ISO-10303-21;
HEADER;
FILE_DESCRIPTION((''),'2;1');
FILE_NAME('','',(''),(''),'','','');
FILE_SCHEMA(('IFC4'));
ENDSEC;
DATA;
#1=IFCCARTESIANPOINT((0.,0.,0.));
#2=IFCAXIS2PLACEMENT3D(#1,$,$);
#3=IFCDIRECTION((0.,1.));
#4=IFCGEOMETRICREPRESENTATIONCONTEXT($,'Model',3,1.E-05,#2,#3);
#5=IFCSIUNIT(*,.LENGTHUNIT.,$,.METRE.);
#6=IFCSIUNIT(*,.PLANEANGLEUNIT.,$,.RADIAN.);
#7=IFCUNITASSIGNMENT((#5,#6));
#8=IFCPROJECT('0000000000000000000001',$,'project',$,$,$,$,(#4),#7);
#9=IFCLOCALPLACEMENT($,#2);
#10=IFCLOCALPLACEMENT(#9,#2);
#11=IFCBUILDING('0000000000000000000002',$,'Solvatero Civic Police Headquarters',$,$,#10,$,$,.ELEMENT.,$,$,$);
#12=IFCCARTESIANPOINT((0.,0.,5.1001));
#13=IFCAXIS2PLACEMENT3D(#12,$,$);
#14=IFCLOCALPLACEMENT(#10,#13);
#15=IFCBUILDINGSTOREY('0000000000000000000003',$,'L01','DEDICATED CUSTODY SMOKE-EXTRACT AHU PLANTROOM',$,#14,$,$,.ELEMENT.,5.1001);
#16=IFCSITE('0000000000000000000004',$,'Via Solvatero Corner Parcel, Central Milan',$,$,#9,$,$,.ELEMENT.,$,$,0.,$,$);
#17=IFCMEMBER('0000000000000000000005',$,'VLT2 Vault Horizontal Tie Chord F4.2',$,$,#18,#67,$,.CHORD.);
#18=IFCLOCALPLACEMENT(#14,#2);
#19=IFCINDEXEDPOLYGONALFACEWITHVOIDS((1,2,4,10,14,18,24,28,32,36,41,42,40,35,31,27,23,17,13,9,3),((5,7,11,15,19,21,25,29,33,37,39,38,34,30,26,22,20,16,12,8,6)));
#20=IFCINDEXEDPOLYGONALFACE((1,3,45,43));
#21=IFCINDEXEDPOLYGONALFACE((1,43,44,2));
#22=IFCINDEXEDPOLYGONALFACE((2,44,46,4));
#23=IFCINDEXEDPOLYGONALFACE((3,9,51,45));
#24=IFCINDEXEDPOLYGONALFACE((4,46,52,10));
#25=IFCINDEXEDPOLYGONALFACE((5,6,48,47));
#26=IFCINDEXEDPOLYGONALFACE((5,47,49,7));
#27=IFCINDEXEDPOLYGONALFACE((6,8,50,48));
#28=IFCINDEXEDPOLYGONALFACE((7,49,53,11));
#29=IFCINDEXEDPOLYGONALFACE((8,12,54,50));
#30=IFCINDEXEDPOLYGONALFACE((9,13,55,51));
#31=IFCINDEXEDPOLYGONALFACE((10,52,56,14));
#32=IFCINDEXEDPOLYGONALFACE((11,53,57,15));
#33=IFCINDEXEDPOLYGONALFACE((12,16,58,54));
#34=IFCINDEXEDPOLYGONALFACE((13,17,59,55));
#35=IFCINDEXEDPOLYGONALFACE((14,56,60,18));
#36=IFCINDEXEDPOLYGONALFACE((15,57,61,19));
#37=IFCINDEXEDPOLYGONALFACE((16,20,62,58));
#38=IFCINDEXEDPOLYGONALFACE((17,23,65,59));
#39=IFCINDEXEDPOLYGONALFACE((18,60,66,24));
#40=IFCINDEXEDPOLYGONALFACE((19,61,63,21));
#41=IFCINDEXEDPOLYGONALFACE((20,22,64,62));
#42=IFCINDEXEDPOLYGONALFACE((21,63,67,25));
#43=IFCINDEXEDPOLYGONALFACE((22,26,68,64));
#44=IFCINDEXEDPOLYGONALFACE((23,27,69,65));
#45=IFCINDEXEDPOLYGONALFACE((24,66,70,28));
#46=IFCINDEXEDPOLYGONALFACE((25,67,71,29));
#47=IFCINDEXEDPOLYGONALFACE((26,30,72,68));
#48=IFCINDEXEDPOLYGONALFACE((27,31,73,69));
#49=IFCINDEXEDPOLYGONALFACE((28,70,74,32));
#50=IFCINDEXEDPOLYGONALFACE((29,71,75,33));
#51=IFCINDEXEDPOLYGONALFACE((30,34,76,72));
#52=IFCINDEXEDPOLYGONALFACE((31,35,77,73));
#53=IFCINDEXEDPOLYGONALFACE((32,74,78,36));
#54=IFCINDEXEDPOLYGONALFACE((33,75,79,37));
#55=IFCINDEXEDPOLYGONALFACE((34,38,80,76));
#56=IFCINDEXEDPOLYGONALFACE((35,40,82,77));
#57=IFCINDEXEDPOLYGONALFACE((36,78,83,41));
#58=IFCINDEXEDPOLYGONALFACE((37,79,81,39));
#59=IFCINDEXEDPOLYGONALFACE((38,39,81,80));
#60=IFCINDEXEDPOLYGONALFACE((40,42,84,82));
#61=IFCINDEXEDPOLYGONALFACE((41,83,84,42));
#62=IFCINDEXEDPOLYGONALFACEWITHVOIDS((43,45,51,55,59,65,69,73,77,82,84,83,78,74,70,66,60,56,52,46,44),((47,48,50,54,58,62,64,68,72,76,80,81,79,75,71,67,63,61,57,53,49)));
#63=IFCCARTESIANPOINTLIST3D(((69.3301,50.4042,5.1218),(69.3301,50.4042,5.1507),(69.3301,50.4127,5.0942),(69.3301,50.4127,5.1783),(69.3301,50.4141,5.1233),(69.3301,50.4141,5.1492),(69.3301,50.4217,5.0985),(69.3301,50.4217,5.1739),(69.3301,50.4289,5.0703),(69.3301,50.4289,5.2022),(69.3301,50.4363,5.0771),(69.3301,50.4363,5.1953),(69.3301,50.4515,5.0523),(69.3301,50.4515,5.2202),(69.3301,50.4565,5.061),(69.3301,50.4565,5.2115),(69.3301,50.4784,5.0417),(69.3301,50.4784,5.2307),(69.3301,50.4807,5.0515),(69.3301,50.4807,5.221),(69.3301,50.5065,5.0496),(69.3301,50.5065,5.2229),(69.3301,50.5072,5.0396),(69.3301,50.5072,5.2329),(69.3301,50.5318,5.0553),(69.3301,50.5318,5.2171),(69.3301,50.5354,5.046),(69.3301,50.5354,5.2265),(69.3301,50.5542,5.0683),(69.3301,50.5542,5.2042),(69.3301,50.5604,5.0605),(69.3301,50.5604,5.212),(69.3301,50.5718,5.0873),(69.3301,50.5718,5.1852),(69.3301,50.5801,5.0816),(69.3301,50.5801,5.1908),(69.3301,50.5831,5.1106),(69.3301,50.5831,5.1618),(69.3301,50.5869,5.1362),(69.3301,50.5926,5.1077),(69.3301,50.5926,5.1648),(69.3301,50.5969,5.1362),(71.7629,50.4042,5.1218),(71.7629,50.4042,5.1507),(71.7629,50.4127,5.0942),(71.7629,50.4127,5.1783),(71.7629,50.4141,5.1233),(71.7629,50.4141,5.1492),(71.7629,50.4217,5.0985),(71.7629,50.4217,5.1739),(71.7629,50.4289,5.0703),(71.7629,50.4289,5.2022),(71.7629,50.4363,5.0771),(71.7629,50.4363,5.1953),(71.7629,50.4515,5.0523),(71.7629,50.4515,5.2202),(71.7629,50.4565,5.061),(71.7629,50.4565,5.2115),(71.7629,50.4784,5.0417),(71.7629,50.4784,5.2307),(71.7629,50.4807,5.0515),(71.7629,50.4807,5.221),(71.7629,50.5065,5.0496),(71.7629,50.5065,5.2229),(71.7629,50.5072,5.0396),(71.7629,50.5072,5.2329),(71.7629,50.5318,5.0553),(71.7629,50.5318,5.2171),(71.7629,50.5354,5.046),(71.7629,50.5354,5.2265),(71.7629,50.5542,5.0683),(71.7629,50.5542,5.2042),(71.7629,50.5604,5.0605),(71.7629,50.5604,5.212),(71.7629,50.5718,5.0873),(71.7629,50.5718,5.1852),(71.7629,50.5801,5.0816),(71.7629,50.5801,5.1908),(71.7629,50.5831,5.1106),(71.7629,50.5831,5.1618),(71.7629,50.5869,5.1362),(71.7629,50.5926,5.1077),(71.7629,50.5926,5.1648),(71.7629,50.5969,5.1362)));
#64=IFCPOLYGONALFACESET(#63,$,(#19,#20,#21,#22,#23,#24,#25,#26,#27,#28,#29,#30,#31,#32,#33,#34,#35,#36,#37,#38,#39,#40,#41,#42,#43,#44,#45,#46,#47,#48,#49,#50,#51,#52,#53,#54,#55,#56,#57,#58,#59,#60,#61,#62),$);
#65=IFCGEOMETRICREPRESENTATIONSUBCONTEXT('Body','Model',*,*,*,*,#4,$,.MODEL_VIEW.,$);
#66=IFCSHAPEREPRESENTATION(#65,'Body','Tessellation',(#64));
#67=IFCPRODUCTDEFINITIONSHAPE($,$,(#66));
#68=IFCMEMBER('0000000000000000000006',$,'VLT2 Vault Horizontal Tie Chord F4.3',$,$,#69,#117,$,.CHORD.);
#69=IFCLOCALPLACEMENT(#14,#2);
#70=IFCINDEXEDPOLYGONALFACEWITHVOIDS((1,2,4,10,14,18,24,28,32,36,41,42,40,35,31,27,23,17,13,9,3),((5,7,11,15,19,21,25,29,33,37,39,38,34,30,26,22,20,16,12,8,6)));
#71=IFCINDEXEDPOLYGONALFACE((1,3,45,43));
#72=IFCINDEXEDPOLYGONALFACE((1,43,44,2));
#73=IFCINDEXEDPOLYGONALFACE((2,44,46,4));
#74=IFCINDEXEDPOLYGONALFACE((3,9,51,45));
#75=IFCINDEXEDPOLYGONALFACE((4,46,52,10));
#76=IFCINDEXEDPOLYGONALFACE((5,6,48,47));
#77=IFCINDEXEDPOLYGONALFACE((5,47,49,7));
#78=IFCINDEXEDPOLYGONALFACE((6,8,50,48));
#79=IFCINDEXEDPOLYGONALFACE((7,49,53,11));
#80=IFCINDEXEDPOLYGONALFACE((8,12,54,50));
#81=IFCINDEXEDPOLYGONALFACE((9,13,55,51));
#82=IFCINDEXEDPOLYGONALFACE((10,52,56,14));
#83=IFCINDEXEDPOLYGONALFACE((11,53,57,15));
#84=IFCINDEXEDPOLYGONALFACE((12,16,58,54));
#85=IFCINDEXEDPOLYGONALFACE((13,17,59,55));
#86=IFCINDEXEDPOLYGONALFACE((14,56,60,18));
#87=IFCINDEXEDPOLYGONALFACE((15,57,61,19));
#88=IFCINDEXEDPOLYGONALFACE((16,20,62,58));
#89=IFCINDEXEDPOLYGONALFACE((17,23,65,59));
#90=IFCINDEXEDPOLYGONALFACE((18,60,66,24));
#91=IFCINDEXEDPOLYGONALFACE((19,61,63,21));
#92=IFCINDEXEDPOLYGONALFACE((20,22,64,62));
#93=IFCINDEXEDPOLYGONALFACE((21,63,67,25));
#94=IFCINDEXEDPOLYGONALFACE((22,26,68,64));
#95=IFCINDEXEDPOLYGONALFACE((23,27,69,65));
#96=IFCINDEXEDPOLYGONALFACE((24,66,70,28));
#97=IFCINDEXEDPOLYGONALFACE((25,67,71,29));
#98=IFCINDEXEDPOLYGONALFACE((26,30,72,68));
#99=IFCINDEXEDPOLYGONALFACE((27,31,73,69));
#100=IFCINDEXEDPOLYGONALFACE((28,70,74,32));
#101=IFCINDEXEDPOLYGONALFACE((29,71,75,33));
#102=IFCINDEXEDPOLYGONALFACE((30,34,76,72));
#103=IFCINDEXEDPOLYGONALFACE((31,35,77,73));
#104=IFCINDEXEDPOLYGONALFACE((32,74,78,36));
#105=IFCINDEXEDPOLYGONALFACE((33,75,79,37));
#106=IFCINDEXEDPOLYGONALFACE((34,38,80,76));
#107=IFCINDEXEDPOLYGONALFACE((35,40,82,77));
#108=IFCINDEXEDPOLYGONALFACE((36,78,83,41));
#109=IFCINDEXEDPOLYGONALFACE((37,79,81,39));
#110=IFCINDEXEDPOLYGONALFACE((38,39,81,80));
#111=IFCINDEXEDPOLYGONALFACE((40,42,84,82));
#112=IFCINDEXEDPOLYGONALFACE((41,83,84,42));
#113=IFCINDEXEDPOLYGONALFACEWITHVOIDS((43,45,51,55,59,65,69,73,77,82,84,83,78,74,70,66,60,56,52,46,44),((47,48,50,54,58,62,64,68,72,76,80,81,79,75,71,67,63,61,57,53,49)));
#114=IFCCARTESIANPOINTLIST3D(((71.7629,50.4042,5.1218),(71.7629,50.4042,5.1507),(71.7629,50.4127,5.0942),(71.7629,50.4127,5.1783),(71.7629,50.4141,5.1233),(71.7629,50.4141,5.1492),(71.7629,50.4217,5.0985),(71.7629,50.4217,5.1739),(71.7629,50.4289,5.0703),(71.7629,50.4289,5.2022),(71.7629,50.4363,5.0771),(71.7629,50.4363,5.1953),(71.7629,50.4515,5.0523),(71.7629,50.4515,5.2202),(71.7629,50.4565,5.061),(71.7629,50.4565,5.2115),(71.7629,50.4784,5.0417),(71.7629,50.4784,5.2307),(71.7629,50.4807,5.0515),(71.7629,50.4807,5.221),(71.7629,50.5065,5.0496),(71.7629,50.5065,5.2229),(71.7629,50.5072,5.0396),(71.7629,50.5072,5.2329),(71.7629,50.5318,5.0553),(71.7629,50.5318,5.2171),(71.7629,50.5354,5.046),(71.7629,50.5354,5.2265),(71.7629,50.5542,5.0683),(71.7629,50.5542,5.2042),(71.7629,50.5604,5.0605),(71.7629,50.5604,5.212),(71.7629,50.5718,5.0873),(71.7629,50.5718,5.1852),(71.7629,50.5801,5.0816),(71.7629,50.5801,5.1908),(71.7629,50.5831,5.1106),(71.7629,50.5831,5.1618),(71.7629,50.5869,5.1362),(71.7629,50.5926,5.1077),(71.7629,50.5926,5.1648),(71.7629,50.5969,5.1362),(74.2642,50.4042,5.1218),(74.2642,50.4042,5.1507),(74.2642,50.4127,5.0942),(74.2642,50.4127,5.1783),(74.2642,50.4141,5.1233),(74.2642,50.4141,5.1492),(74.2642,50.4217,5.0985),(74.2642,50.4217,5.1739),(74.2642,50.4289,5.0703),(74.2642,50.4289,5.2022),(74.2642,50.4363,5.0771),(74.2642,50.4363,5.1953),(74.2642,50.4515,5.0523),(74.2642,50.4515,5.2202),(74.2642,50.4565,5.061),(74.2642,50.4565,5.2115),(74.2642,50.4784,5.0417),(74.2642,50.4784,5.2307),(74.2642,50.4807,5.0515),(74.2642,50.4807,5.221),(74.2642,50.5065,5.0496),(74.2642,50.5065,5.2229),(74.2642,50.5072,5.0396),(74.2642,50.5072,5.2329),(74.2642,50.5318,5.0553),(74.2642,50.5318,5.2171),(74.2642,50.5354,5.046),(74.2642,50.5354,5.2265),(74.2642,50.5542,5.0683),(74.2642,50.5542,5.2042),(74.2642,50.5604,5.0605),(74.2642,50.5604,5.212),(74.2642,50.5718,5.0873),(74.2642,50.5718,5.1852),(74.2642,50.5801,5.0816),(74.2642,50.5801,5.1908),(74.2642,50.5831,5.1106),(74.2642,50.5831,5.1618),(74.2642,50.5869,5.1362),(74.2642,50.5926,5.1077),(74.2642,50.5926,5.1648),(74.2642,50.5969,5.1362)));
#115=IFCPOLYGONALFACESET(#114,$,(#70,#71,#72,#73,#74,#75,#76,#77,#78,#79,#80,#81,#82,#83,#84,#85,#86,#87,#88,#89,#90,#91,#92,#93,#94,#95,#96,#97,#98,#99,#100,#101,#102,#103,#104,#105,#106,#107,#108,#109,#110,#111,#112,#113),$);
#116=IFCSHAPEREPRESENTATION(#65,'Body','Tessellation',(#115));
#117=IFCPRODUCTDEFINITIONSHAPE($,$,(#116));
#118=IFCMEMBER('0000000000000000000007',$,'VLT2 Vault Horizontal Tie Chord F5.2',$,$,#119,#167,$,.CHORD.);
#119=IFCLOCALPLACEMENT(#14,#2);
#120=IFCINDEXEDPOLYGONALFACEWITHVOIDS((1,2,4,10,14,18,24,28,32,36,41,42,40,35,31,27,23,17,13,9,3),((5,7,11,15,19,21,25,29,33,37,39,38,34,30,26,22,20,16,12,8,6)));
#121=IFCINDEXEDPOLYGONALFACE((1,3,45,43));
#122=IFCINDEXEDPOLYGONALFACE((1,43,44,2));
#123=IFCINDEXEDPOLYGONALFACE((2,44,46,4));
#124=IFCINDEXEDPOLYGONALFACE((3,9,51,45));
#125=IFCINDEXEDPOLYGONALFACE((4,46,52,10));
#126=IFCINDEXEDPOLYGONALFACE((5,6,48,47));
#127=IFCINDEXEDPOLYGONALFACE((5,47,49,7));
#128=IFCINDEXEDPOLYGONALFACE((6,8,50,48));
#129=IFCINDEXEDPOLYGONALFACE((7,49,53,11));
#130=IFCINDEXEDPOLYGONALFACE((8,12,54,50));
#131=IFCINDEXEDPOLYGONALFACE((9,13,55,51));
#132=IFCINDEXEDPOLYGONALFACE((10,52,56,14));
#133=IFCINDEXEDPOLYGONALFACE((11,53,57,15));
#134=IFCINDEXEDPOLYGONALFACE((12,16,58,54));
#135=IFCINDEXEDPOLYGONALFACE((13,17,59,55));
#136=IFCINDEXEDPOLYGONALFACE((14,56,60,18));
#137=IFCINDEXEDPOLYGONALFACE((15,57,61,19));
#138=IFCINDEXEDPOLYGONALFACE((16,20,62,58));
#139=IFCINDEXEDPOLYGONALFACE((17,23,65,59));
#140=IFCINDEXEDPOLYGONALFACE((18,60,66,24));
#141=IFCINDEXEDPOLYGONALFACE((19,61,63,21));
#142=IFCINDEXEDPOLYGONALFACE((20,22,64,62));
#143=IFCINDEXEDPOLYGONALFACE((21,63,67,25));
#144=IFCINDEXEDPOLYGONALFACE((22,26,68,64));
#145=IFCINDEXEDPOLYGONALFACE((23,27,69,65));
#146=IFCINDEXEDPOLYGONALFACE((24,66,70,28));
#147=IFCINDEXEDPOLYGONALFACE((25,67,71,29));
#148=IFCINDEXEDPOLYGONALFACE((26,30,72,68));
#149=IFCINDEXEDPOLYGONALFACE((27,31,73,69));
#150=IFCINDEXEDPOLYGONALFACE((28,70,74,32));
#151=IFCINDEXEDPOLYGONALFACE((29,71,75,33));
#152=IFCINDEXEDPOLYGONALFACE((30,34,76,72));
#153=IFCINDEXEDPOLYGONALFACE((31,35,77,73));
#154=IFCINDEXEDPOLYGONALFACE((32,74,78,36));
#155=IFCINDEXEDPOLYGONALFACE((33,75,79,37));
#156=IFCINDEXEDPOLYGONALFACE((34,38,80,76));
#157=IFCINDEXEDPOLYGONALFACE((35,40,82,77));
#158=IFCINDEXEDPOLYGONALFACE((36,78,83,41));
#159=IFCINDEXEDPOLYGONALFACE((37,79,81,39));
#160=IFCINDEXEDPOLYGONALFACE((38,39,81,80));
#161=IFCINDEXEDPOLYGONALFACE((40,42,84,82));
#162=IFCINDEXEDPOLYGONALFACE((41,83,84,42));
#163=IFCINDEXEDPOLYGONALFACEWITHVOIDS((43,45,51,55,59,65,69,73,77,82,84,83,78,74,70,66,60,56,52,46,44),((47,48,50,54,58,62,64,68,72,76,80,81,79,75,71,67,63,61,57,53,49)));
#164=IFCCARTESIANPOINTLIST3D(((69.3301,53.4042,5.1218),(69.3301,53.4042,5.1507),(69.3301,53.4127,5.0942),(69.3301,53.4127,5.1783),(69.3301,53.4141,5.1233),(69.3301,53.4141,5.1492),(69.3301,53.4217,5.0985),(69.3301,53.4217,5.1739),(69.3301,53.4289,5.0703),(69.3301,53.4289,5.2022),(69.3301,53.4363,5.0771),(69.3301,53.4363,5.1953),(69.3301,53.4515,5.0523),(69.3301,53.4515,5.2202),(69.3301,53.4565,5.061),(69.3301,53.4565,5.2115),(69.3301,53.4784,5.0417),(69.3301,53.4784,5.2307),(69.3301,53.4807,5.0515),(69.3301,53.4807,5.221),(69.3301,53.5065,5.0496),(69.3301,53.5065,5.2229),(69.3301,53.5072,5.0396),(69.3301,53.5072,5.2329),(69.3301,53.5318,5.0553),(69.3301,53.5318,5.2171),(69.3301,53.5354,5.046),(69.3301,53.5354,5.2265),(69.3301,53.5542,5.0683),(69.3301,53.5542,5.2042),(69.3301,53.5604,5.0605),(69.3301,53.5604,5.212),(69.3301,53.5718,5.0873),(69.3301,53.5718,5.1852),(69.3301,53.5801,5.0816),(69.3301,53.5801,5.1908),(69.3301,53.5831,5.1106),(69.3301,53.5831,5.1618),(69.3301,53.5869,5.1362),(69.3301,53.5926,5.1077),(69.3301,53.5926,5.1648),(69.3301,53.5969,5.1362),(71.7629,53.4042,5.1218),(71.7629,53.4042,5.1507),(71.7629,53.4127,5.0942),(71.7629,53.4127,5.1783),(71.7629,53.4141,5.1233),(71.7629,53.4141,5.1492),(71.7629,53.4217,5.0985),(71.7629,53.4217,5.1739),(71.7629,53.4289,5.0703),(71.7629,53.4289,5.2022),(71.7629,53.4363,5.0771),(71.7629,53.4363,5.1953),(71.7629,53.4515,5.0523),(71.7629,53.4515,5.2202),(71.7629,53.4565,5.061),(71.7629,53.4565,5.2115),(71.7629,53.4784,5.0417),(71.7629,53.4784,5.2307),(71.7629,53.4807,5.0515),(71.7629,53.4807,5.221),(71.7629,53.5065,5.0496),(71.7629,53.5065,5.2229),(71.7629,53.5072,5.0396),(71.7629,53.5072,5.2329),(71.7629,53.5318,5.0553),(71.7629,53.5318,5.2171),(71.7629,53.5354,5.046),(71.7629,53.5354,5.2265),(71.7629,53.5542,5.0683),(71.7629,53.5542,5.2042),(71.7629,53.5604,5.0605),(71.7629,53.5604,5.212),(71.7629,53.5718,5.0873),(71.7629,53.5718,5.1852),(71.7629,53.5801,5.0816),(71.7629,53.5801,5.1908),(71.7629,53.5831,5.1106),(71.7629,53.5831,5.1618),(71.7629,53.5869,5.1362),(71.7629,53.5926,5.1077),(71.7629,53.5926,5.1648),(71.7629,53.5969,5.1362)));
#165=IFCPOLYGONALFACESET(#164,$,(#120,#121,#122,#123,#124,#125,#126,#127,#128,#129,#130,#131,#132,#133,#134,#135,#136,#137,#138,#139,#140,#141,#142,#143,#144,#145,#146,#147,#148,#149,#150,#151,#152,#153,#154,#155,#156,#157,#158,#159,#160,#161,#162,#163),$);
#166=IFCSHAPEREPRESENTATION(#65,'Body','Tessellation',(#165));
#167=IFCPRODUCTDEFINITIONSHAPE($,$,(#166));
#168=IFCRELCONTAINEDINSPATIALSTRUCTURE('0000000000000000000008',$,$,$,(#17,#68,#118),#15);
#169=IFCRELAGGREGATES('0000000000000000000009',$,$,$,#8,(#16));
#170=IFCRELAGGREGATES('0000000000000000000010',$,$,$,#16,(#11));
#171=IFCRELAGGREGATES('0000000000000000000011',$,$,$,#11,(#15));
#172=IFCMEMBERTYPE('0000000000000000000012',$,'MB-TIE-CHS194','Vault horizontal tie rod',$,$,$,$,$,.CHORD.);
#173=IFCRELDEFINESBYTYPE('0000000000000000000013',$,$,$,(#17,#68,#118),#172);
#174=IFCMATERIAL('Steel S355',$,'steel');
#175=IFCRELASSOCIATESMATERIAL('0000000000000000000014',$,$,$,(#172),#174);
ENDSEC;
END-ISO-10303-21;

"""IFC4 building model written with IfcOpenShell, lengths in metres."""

from ifc_helpers import new_model, si_unit, direction, frame, origin, origin_2d, place, context, subcontext, project, spatial, hollow_circle, extrude, material, material_profile, profile_set, type_object, element, save


model = new_model("IFC4")

# Units and contexts
model_context = context("Model", 3, precision=1e-05, world=origin(), true_north=direction((0.0, 1.0)))
body_context = subcontext(model_context, "Body", "Model", "MODEL_VIEW")
ifc_project = project(units=[si_unit("LENGTHUNIT", "METRE"), si_unit("PLANEANGLEUNIT", "RADIAN")], contexts=[model_context])

# Site, building, storey
site_placement = place(None, origin())
site = spatial("IfcSite", under=ifc_project, at=site_placement, Name="Via Solvatero Corner Parcel, Central Milan", CompositionType="ELEMENT", RefElevation=0.0)
building_placement = place(site_placement, origin())
building = spatial("IfcBuilding", under=site, at=building_placement, Name="Solvatero Civic Police Headquarters", CompositionType="ELEMENT")
storey_placement = place(building_placement, frame((0.0, 0.0, 5.1001)))
storey = spatial("IfcBuildingStorey", under=building, at=storey_placement, Name="L01", Description="DEDICATED CUSTODY SMOKE-EXTRACT AHU PLANTROOM", CompositionType="ELEMENT", Elevation=5.1001)

# Shared definitions
ifc_material = material(Name="Steel S355", Category="steel")

# Members
ifc_material_profile_1 = material_profile(ifc_material, hollow_circle(Radius=0.0969, WallThickness=0.01, at=origin_2d()), Name="CHS 193.7x10.0")
ifc_profile_set_1 = profile_set([ifc_material_profile_1], Name="Steel S355")
member_type_1 = type_object("IfcMemberType", Name="MB-TIE-CHS194", Description="Vault horizontal tie rod", PredefinedType="CHORD", material=ifc_profile_set_1)
member_1_placement = place(storey_placement, frame((69.3301, 50.5, 5.1362), z_axis=(1.0, 0.0, 0.0), x_axis=(0.0, 1.0, 0.0)))
element("IfcMember", 1, at=member_1_placement, inside=storey, type_object=member_type_1, Name="VLT2 Vault Horizontal Tie Chord F4.2", PredefinedType="CHORD", context=body_context, shape_type="SweptSolid", body=[
    extrude(hollow_circle(Radius=0.0969, WallThickness=0.01, at=origin_2d()), origin(), (0.0, 0.0, 1.0), 2.4329),
])
member_2_placement = place(storey_placement, frame((71.7629, 50.5, 5.1362), z_axis=(1.0, 0.0, 0.0), x_axis=(0.0, 1.0, 0.0)))
element("IfcMember", 2, at=member_2_placement, inside=storey, type_object=member_type_1, Name="VLT2 Vault Horizontal Tie Chord F4.3", PredefinedType="CHORD", context=body_context, shape_type="SweptSolid", body=[
    extrude(hollow_circle(Radius=0.0969, WallThickness=0.01, at=origin_2d()), origin(), (0.0, 0.0, 1.0), 2.5012),
])
member_3_placement = place(storey_placement, frame((69.3301, 53.5, 5.1362), z_axis=(1.0, 0.0, 0.0), x_axis=(0.0, 1.0, 0.0)))
element("IfcMember", 3, at=member_3_placement, inside=storey, type_object=member_type_1, Name="VLT2 Vault Horizontal Tie Chord F5.2", PredefinedType="CHORD", context=body_context, shape_type="SweptSolid", body=[
    extrude(hollow_circle(Radius=0.0969, WallThickness=0.01, at=origin_2d()), origin(), (0.0, 0.0, 1.0), 2.4329),
])

save(model, "model.ifc")
